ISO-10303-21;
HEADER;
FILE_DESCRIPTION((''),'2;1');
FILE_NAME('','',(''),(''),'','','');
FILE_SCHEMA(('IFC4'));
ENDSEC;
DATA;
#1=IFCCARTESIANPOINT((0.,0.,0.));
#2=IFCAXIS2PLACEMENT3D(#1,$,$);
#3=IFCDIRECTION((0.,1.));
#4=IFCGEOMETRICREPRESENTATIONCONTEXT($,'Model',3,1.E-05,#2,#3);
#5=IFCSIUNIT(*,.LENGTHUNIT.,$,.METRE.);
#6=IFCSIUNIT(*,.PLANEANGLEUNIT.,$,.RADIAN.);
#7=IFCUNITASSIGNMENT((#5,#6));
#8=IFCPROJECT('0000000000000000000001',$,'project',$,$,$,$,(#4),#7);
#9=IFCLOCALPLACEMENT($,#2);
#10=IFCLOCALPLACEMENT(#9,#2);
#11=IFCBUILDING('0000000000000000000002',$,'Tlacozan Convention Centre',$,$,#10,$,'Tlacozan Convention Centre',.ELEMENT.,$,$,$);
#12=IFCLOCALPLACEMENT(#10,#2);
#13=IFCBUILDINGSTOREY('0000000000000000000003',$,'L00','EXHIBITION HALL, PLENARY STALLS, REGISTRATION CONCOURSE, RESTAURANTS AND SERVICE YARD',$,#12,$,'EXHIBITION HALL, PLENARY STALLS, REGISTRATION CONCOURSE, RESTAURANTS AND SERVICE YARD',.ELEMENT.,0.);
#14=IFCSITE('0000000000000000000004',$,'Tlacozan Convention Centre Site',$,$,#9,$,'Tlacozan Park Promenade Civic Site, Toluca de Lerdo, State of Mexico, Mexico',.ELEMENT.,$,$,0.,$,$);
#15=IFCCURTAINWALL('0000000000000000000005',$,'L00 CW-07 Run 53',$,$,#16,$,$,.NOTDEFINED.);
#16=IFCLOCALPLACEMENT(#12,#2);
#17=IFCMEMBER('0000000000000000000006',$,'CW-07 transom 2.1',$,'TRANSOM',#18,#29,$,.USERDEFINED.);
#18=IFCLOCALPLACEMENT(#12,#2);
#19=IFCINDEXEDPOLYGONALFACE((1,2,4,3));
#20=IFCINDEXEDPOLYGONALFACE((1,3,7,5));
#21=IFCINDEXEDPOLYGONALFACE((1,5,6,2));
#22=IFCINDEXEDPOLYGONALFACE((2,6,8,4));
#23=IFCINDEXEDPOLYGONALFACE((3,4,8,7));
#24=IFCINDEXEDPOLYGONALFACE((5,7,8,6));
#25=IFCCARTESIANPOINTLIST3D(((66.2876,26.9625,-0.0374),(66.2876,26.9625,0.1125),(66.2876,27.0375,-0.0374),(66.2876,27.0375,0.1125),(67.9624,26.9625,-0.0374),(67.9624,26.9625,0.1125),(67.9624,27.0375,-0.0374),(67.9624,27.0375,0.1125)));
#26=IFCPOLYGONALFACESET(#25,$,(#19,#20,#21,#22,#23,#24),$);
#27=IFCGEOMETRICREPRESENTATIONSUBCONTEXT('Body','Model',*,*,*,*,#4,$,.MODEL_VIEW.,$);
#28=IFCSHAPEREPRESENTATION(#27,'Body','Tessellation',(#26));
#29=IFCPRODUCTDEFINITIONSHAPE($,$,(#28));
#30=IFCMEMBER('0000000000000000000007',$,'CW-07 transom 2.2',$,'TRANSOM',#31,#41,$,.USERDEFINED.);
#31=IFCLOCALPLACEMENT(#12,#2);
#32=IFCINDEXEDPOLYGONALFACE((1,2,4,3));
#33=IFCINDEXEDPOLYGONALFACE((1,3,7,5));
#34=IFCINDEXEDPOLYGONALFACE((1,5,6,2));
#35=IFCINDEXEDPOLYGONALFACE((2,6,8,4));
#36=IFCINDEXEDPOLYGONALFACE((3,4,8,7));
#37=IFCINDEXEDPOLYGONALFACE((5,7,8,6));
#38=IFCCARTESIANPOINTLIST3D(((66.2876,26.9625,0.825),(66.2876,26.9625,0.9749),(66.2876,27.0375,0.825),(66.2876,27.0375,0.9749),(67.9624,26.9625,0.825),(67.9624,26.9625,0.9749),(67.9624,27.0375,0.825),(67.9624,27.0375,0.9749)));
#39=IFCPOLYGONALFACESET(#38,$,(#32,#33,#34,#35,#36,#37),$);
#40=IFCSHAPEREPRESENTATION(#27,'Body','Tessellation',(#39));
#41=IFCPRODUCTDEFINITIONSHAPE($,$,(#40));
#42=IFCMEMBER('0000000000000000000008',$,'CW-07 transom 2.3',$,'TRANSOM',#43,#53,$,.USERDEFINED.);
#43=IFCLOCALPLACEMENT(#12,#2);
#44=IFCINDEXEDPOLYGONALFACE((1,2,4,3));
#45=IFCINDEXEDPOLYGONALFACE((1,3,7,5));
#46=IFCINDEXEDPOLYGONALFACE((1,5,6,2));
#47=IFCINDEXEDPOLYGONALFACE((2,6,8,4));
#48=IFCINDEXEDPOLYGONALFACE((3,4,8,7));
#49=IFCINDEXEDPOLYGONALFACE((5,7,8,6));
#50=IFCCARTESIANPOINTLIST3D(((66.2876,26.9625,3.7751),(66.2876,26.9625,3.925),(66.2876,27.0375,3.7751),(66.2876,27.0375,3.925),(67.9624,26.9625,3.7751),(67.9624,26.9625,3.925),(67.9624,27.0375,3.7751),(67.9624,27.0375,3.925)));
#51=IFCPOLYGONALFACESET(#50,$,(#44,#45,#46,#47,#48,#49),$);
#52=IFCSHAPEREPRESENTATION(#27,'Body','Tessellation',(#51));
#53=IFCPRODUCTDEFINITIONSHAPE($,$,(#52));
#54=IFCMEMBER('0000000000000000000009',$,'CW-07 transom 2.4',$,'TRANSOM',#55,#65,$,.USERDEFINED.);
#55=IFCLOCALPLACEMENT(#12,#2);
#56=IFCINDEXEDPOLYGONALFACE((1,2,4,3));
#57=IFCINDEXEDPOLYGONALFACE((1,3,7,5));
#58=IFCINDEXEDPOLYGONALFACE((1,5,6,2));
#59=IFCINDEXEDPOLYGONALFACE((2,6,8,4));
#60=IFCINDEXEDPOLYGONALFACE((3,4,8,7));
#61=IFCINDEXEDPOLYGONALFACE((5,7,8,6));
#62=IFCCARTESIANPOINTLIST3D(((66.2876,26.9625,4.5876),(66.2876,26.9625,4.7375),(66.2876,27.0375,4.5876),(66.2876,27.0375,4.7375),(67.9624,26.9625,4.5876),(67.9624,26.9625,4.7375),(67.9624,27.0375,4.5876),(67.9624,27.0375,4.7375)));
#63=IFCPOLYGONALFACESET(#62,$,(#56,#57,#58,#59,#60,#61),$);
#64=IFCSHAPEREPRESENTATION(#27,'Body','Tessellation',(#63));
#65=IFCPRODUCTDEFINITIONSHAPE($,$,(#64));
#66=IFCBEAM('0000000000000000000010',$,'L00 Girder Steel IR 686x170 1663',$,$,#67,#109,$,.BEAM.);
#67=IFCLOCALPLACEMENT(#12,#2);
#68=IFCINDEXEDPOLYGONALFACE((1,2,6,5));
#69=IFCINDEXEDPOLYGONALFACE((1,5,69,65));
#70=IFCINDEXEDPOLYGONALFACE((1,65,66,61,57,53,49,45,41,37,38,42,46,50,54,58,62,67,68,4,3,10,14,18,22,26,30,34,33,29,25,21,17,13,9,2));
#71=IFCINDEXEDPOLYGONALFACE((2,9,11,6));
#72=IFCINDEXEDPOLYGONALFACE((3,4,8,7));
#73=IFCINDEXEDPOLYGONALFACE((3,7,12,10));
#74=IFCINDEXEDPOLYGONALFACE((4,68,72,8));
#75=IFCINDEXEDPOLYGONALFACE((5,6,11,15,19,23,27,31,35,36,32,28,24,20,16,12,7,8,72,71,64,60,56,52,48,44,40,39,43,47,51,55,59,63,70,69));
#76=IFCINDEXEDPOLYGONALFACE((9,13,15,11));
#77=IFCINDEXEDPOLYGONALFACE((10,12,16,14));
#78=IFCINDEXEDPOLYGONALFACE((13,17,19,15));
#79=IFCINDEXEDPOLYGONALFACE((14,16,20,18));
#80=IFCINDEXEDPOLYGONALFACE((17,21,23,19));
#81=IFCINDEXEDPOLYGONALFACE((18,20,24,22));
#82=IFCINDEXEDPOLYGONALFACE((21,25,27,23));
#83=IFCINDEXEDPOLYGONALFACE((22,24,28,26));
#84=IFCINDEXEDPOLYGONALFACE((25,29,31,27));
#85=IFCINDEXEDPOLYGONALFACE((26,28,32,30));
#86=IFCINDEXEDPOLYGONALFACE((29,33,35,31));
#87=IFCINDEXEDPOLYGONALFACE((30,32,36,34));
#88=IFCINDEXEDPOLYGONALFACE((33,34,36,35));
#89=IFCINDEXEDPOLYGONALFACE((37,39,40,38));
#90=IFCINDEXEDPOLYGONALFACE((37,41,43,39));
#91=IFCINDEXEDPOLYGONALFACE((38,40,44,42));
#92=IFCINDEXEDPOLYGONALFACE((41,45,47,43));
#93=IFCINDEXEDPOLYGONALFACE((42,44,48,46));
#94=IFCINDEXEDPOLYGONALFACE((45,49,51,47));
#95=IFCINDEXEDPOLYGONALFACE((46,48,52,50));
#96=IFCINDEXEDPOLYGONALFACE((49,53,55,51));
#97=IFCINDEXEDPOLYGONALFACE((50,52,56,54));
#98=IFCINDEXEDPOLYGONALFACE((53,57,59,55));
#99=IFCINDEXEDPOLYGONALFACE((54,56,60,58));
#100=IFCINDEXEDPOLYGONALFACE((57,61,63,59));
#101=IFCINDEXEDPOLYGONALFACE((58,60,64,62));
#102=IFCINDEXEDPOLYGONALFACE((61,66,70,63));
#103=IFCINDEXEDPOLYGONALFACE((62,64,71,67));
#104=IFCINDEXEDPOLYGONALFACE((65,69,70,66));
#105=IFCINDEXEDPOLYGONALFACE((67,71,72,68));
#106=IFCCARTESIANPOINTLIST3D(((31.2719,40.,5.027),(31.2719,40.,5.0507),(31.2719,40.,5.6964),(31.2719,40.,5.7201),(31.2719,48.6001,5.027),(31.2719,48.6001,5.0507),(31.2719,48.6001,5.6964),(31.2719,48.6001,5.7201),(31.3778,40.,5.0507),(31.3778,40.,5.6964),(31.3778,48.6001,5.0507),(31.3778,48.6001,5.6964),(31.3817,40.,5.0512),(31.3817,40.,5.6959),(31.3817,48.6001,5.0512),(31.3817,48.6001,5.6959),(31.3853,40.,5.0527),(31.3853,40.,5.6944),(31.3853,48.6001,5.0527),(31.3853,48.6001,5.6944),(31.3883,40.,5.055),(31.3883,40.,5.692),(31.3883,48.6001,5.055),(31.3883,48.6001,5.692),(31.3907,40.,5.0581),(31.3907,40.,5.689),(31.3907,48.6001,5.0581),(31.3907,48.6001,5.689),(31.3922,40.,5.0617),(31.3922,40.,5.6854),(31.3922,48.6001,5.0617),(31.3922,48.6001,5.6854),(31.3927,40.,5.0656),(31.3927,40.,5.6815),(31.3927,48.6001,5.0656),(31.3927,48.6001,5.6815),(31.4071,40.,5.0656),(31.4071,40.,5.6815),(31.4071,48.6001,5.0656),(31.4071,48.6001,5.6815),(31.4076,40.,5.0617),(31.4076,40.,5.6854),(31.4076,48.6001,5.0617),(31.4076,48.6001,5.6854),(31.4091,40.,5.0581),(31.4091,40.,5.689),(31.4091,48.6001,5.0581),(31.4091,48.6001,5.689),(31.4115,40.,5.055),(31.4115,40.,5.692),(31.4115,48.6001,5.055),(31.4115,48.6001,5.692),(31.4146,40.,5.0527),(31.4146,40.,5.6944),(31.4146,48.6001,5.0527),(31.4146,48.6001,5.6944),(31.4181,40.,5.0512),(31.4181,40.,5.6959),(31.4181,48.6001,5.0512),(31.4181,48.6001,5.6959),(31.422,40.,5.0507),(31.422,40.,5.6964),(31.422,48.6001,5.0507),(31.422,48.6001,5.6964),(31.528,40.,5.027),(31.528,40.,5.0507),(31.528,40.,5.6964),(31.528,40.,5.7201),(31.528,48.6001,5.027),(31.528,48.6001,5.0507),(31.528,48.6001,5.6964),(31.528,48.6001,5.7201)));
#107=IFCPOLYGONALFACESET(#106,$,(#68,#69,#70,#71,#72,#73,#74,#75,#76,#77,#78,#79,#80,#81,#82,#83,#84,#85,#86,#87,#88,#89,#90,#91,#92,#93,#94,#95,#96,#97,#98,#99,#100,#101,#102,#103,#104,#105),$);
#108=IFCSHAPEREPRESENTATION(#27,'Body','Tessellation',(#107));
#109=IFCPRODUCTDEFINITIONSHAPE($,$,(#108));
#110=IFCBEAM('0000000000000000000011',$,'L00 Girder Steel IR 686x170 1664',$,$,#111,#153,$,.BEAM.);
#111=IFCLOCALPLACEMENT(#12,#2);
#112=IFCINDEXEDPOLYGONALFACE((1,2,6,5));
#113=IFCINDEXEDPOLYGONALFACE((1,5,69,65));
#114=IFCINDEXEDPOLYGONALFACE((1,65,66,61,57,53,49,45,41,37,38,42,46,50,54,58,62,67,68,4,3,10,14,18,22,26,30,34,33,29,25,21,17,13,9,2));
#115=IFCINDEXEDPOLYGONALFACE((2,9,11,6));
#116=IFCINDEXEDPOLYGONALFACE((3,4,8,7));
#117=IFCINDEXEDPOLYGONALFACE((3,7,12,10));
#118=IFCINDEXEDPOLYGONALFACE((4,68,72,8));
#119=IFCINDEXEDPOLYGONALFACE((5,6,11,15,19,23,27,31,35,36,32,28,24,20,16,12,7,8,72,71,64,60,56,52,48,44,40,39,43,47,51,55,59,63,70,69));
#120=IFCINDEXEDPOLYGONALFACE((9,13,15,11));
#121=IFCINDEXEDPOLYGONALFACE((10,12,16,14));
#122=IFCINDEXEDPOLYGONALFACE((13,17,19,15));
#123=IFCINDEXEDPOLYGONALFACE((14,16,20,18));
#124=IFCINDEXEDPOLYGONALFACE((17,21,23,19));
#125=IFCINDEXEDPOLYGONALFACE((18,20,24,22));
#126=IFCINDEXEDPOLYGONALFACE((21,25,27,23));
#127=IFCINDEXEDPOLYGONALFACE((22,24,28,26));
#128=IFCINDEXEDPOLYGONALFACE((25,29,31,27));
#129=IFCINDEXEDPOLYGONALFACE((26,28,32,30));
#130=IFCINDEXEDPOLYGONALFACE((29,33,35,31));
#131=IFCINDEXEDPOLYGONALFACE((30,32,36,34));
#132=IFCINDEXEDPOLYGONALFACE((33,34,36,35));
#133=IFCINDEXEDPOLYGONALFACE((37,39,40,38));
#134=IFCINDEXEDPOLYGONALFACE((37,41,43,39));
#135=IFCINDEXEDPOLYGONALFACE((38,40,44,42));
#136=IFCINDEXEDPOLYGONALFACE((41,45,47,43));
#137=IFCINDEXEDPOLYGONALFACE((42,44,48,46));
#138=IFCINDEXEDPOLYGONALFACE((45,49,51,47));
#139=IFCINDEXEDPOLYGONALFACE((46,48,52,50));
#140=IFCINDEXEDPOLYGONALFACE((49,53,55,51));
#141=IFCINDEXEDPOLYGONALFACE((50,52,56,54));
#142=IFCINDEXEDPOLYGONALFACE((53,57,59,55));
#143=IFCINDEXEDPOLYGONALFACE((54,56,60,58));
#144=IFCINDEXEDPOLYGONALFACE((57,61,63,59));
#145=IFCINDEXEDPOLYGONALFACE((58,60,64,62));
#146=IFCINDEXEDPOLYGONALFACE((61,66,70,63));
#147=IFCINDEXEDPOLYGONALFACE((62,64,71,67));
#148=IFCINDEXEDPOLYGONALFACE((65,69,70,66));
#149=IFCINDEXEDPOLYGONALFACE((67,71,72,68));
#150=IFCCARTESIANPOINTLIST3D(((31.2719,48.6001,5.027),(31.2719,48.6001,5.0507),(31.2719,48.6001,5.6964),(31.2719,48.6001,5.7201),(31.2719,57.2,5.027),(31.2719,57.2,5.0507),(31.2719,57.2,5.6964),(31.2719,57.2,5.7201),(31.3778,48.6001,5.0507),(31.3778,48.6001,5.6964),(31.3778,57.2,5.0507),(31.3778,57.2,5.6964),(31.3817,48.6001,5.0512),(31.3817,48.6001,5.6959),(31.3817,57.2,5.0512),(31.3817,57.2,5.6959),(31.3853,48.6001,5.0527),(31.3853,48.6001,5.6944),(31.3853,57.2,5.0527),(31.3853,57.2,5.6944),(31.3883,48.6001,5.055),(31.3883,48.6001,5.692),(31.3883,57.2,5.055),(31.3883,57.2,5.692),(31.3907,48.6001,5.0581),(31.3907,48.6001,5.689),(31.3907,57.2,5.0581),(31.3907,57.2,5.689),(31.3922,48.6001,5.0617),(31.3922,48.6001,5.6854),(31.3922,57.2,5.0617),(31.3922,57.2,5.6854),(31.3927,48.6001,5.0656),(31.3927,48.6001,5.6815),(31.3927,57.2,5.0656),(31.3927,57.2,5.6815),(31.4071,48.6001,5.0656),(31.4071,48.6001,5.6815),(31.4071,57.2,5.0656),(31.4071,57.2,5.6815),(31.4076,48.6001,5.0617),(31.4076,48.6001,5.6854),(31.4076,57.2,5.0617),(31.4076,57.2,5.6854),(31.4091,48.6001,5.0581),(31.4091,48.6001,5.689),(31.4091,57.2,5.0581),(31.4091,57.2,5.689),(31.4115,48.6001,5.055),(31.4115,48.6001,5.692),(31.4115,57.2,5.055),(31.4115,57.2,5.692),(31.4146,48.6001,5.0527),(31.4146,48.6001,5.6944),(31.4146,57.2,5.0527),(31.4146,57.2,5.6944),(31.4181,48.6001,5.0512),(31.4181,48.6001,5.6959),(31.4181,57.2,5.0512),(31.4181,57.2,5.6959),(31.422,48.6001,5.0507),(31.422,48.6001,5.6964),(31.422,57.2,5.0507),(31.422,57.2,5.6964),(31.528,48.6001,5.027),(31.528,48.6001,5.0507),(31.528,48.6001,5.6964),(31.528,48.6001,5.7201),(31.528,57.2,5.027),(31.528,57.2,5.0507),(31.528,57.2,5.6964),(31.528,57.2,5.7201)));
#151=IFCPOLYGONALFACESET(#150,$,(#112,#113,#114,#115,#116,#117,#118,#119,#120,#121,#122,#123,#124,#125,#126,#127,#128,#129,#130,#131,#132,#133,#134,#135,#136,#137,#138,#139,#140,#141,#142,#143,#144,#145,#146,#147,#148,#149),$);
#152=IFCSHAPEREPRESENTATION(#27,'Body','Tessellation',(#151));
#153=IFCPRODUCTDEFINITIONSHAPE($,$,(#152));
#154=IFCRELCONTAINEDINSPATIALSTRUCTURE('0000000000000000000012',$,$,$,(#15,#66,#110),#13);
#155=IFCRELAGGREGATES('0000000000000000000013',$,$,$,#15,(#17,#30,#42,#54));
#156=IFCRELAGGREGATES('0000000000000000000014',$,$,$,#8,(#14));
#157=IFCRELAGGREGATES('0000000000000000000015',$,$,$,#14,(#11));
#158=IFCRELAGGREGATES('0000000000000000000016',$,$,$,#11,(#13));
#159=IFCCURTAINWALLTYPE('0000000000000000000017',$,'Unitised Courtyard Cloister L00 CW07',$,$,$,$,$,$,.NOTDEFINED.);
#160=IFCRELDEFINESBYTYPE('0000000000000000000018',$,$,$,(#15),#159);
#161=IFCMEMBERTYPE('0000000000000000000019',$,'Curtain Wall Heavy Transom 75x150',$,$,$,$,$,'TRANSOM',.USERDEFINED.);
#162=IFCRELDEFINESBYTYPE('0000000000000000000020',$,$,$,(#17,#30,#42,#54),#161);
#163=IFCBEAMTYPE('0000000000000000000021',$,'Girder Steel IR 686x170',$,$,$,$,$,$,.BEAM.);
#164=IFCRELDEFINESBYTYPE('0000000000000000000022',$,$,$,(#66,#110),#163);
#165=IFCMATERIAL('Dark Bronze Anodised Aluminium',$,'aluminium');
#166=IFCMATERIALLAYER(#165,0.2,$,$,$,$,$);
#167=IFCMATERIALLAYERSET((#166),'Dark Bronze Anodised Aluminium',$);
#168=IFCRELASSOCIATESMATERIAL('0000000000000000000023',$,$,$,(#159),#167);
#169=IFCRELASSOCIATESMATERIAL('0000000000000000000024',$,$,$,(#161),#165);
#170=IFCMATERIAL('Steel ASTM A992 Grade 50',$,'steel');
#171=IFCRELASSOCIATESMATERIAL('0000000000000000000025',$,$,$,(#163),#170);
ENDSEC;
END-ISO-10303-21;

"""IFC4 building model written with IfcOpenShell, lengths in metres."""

from ifc_helpers import new_model, si_unit, direction, frame, origin, origin_2d, place, context, subcontext, project, spatial, rectangle, i_section, extrude, material, layer, layer_set, material_profile, profile_set, type_object, element, aggregate, save


model = new_model("IFC4")

# Units and contexts
model_context = context("Model", 3, precision=1e-05, world=origin(), true_north=direction((0.0, 1.0)))
body_context = subcontext(model_context, "Body", "Model", "MODEL_VIEW")
ifc_project = project(units=[si_unit("LENGTHUNIT", "METRE"), si_unit("PLANEANGLEUNIT", "RADIAN")], contexts=[model_context])

# Site, building, storey
site_placement = place(None, origin())
site = spatial("IfcSite", under=ifc_project, at=site_placement, Name="Tlacozan Convention Centre Site", LongName="Tlacozan Park Promenade Civic Site, Toluca de Lerdo, State of Mexico, Mexico", CompositionType="ELEMENT", RefElevation=0.0)
building_placement = place(site_placement, origin())
building = spatial("IfcBuilding", under=site, at=building_placement, Name="Tlacozan Convention Centre", LongName="Tlacozan Convention Centre", CompositionType="ELEMENT")
storey_placement = place(building_placement, origin())
storey = spatial("IfcBuildingStorey", under=building, at=storey_placement, Name="L00", Description="EXHIBITION HALL, PLENARY STALLS, REGISTRATION CONCOURSE, RESTAURANTS AND SERVICE YARD", LongName="EXHIBITION HALL, PLENARY STALLS, REGISTRATION CONCOURSE, RESTAURANTS AND SERVICE YARD", CompositionType="ELEMENT", Elevation=0.0)

# Shared definitions
ifc_material_1 = material(Name="Steel ASTM A992 Grade 50", Category="steel")

# Shared definitions
ifc_material_2 = material(Name="Dark Bronze Anodised Aluminium", Category="aluminium")
ifc_layer_1 = layer(ifc_material_2, 0.2)
ifc_layer_set_1 = layer_set([ifc_layer_1], Name="Dark Bronze Anodised Aluminium")
curtain_wall_type = type_object("IfcCurtainWallType", Name="Unitised Courtyard Cloister L00 CW07", PredefinedType="NOTDEFINED", material=ifc_layer_set_1)

# Curtain wall, members
curtain_wall_1_placement = place(storey_placement, origin())
curtain_wall_1 = element("IfcCurtainWall", 1, at=curtain_wall_1_placement, inside=storey, type_object=curtain_wall_type, Name="L00 CW-07 Run 53", PredefinedType="NOTDEFINED")
ifc_material_profile_1 = material_profile(ifc_material_2, rectangle(XDim=0.075, YDim=0.1499, at=origin_2d()), Name="ALU 75x150")
ifc_profile_set_1 = profile_set([ifc_material_profile_1], Name="Dark Bronze Anodised Aluminium")
member_type_1 = type_object("IfcMemberType", Name="Curtain Wall Heavy Transom 75x150", ElementType="TRANSOM", PredefinedType="USERDEFINED", material=ifc_profile_set_1)
member_1_placement = place(storey_placement, frame((66.2876, 27.0, 0.0376), z_axis=(1.0, 0.0, 0.0), x_axis=(0.0, 1.0, 0.0)))
member_1 = element("IfcMember", 2, at=member_1_placement, type_object=member_type_1, Name="CW-07 transom 2.1", ObjectType="TRANSOM", PredefinedType="USERDEFINED", context=body_context, shape_type="SweptSolid", body=[
    extrude(rectangle(XDim=0.075, YDim=0.1499, at=origin_2d()), origin(), (0.0, 0.0, 1.0), 1.6748),
])
member_2_placement = place(storey_placement, frame((66.2876, 27.0, 0.8999), z_axis=(1.0, 0.0, 0.0), x_axis=(0.0, 1.0, 0.0)))
member_2 = element("IfcMember", 3, at=member_2_placement, type_object=member_type_1, Name="CW-07 transom 2.2", ObjectType="TRANSOM", PredefinedType="USERDEFINED", context=body_context, shape_type="SweptSolid", body=[
    extrude(rectangle(XDim=0.075, YDim=0.1499, at=origin_2d()), origin(), (0.0, 0.0, 1.0), 1.6748),
])
member_3_placement = place(storey_placement, frame((66.2876, 27.0, 3.8501), z_axis=(1.0, 0.0, 0.0), x_axis=(0.0, 1.0, 0.0)))
member_3 = element("IfcMember", 4, at=member_3_placement, type_object=member_type_1, Name="CW-07 transom 2.3", ObjectType="TRANSOM", PredefinedType="USERDEFINED", context=body_context, shape_type="SweptSolid", body=[
    extrude(rectangle(XDim=0.075, YDim=0.1499, at=origin_2d()), origin(), (0.0, 0.0, 1.0), 1.6748),
])
member_4_placement = place(storey_placement, frame((66.2876, 27.0, 4.6626), z_axis=(1.0, 0.0, 0.0), x_axis=(0.0, 1.0, 0.0)))
member_4 = element("IfcMember", 5, at=member_4_placement, type_object=member_type_1, Name="CW-07 transom 2.4", ObjectType="TRANSOM", PredefinedType="USERDEFINED", context=body_context, shape_type="SweptSolid", body=[
    extrude(rectangle(XDim=0.075, YDim=0.1499, at=origin_2d()), origin(), (0.0, 0.0, 1.0), 1.6748),
])

# Beams
ifc_material_profile_2 = material_profile(ifc_material_1, i_section(OverallWidth=0.2561, OverallDepth=0.6931, WebThickness=0.0144, FlangeThickness=0.0237, FilletRadius=0.0149, at=origin_2d()), Name="IR 686x170.0")
ifc_profile_set_2 = profile_set([ifc_material_profile_2], Name="Steel ASTM A992 Grade 50")
beam_type_1 = type_object("IfcBeamType", Name="Girder Steel IR 686x170", PredefinedType="BEAM", material=ifc_profile_set_2)
beam_1_placement = place(storey_placement, frame((31.3999, 40.0, 5.3735), z_axis=(0.0, 1.0, 0.0), x_axis=(-1.0, 0.0, 0.0)))
element("IfcBeam", 6, at=beam_1_placement, inside=storey, type_object=beam_type_1, Name="L00 Girder Steel IR 686x170 1663", PredefinedType="BEAM", context=body_context, shape_type="SweptSolid", body=[
    extrude(i_section(OverallWidth=0.2561, OverallDepth=0.6931, WebThickness=0.0144, FlangeThickness=0.0237, FilletRadius=0.0149, at=origin_2d()), origin(), (0.0, 0.0, 1.0), 8.6001),
])
beam_2_placement = place(storey_placement, frame((31.3999, 48.6001, 5.3735), z_axis=(0.0, 1.0, 0.0), x_axis=(-1.0, 0.0, 0.0)))
element("IfcBeam", 7, at=beam_2_placement, inside=storey, type_object=beam_type_1, Name="L00 Girder Steel IR 686x170 1664", PredefinedType="BEAM", context=body_context, shape_type="SweptSolid", body=[
    extrude(i_section(OverallWidth=0.2561, OverallDepth=0.6931, WebThickness=0.0144, FlangeThickness=0.0237, FilletRadius=0.0149, at=origin_2d()), origin(), (0.0, 0.0, 1.0), 8.5999),
])

aggregate(curtain_wall_1, [member_1, member_2, member_3, member_4])

save(model, "model.ifc")
